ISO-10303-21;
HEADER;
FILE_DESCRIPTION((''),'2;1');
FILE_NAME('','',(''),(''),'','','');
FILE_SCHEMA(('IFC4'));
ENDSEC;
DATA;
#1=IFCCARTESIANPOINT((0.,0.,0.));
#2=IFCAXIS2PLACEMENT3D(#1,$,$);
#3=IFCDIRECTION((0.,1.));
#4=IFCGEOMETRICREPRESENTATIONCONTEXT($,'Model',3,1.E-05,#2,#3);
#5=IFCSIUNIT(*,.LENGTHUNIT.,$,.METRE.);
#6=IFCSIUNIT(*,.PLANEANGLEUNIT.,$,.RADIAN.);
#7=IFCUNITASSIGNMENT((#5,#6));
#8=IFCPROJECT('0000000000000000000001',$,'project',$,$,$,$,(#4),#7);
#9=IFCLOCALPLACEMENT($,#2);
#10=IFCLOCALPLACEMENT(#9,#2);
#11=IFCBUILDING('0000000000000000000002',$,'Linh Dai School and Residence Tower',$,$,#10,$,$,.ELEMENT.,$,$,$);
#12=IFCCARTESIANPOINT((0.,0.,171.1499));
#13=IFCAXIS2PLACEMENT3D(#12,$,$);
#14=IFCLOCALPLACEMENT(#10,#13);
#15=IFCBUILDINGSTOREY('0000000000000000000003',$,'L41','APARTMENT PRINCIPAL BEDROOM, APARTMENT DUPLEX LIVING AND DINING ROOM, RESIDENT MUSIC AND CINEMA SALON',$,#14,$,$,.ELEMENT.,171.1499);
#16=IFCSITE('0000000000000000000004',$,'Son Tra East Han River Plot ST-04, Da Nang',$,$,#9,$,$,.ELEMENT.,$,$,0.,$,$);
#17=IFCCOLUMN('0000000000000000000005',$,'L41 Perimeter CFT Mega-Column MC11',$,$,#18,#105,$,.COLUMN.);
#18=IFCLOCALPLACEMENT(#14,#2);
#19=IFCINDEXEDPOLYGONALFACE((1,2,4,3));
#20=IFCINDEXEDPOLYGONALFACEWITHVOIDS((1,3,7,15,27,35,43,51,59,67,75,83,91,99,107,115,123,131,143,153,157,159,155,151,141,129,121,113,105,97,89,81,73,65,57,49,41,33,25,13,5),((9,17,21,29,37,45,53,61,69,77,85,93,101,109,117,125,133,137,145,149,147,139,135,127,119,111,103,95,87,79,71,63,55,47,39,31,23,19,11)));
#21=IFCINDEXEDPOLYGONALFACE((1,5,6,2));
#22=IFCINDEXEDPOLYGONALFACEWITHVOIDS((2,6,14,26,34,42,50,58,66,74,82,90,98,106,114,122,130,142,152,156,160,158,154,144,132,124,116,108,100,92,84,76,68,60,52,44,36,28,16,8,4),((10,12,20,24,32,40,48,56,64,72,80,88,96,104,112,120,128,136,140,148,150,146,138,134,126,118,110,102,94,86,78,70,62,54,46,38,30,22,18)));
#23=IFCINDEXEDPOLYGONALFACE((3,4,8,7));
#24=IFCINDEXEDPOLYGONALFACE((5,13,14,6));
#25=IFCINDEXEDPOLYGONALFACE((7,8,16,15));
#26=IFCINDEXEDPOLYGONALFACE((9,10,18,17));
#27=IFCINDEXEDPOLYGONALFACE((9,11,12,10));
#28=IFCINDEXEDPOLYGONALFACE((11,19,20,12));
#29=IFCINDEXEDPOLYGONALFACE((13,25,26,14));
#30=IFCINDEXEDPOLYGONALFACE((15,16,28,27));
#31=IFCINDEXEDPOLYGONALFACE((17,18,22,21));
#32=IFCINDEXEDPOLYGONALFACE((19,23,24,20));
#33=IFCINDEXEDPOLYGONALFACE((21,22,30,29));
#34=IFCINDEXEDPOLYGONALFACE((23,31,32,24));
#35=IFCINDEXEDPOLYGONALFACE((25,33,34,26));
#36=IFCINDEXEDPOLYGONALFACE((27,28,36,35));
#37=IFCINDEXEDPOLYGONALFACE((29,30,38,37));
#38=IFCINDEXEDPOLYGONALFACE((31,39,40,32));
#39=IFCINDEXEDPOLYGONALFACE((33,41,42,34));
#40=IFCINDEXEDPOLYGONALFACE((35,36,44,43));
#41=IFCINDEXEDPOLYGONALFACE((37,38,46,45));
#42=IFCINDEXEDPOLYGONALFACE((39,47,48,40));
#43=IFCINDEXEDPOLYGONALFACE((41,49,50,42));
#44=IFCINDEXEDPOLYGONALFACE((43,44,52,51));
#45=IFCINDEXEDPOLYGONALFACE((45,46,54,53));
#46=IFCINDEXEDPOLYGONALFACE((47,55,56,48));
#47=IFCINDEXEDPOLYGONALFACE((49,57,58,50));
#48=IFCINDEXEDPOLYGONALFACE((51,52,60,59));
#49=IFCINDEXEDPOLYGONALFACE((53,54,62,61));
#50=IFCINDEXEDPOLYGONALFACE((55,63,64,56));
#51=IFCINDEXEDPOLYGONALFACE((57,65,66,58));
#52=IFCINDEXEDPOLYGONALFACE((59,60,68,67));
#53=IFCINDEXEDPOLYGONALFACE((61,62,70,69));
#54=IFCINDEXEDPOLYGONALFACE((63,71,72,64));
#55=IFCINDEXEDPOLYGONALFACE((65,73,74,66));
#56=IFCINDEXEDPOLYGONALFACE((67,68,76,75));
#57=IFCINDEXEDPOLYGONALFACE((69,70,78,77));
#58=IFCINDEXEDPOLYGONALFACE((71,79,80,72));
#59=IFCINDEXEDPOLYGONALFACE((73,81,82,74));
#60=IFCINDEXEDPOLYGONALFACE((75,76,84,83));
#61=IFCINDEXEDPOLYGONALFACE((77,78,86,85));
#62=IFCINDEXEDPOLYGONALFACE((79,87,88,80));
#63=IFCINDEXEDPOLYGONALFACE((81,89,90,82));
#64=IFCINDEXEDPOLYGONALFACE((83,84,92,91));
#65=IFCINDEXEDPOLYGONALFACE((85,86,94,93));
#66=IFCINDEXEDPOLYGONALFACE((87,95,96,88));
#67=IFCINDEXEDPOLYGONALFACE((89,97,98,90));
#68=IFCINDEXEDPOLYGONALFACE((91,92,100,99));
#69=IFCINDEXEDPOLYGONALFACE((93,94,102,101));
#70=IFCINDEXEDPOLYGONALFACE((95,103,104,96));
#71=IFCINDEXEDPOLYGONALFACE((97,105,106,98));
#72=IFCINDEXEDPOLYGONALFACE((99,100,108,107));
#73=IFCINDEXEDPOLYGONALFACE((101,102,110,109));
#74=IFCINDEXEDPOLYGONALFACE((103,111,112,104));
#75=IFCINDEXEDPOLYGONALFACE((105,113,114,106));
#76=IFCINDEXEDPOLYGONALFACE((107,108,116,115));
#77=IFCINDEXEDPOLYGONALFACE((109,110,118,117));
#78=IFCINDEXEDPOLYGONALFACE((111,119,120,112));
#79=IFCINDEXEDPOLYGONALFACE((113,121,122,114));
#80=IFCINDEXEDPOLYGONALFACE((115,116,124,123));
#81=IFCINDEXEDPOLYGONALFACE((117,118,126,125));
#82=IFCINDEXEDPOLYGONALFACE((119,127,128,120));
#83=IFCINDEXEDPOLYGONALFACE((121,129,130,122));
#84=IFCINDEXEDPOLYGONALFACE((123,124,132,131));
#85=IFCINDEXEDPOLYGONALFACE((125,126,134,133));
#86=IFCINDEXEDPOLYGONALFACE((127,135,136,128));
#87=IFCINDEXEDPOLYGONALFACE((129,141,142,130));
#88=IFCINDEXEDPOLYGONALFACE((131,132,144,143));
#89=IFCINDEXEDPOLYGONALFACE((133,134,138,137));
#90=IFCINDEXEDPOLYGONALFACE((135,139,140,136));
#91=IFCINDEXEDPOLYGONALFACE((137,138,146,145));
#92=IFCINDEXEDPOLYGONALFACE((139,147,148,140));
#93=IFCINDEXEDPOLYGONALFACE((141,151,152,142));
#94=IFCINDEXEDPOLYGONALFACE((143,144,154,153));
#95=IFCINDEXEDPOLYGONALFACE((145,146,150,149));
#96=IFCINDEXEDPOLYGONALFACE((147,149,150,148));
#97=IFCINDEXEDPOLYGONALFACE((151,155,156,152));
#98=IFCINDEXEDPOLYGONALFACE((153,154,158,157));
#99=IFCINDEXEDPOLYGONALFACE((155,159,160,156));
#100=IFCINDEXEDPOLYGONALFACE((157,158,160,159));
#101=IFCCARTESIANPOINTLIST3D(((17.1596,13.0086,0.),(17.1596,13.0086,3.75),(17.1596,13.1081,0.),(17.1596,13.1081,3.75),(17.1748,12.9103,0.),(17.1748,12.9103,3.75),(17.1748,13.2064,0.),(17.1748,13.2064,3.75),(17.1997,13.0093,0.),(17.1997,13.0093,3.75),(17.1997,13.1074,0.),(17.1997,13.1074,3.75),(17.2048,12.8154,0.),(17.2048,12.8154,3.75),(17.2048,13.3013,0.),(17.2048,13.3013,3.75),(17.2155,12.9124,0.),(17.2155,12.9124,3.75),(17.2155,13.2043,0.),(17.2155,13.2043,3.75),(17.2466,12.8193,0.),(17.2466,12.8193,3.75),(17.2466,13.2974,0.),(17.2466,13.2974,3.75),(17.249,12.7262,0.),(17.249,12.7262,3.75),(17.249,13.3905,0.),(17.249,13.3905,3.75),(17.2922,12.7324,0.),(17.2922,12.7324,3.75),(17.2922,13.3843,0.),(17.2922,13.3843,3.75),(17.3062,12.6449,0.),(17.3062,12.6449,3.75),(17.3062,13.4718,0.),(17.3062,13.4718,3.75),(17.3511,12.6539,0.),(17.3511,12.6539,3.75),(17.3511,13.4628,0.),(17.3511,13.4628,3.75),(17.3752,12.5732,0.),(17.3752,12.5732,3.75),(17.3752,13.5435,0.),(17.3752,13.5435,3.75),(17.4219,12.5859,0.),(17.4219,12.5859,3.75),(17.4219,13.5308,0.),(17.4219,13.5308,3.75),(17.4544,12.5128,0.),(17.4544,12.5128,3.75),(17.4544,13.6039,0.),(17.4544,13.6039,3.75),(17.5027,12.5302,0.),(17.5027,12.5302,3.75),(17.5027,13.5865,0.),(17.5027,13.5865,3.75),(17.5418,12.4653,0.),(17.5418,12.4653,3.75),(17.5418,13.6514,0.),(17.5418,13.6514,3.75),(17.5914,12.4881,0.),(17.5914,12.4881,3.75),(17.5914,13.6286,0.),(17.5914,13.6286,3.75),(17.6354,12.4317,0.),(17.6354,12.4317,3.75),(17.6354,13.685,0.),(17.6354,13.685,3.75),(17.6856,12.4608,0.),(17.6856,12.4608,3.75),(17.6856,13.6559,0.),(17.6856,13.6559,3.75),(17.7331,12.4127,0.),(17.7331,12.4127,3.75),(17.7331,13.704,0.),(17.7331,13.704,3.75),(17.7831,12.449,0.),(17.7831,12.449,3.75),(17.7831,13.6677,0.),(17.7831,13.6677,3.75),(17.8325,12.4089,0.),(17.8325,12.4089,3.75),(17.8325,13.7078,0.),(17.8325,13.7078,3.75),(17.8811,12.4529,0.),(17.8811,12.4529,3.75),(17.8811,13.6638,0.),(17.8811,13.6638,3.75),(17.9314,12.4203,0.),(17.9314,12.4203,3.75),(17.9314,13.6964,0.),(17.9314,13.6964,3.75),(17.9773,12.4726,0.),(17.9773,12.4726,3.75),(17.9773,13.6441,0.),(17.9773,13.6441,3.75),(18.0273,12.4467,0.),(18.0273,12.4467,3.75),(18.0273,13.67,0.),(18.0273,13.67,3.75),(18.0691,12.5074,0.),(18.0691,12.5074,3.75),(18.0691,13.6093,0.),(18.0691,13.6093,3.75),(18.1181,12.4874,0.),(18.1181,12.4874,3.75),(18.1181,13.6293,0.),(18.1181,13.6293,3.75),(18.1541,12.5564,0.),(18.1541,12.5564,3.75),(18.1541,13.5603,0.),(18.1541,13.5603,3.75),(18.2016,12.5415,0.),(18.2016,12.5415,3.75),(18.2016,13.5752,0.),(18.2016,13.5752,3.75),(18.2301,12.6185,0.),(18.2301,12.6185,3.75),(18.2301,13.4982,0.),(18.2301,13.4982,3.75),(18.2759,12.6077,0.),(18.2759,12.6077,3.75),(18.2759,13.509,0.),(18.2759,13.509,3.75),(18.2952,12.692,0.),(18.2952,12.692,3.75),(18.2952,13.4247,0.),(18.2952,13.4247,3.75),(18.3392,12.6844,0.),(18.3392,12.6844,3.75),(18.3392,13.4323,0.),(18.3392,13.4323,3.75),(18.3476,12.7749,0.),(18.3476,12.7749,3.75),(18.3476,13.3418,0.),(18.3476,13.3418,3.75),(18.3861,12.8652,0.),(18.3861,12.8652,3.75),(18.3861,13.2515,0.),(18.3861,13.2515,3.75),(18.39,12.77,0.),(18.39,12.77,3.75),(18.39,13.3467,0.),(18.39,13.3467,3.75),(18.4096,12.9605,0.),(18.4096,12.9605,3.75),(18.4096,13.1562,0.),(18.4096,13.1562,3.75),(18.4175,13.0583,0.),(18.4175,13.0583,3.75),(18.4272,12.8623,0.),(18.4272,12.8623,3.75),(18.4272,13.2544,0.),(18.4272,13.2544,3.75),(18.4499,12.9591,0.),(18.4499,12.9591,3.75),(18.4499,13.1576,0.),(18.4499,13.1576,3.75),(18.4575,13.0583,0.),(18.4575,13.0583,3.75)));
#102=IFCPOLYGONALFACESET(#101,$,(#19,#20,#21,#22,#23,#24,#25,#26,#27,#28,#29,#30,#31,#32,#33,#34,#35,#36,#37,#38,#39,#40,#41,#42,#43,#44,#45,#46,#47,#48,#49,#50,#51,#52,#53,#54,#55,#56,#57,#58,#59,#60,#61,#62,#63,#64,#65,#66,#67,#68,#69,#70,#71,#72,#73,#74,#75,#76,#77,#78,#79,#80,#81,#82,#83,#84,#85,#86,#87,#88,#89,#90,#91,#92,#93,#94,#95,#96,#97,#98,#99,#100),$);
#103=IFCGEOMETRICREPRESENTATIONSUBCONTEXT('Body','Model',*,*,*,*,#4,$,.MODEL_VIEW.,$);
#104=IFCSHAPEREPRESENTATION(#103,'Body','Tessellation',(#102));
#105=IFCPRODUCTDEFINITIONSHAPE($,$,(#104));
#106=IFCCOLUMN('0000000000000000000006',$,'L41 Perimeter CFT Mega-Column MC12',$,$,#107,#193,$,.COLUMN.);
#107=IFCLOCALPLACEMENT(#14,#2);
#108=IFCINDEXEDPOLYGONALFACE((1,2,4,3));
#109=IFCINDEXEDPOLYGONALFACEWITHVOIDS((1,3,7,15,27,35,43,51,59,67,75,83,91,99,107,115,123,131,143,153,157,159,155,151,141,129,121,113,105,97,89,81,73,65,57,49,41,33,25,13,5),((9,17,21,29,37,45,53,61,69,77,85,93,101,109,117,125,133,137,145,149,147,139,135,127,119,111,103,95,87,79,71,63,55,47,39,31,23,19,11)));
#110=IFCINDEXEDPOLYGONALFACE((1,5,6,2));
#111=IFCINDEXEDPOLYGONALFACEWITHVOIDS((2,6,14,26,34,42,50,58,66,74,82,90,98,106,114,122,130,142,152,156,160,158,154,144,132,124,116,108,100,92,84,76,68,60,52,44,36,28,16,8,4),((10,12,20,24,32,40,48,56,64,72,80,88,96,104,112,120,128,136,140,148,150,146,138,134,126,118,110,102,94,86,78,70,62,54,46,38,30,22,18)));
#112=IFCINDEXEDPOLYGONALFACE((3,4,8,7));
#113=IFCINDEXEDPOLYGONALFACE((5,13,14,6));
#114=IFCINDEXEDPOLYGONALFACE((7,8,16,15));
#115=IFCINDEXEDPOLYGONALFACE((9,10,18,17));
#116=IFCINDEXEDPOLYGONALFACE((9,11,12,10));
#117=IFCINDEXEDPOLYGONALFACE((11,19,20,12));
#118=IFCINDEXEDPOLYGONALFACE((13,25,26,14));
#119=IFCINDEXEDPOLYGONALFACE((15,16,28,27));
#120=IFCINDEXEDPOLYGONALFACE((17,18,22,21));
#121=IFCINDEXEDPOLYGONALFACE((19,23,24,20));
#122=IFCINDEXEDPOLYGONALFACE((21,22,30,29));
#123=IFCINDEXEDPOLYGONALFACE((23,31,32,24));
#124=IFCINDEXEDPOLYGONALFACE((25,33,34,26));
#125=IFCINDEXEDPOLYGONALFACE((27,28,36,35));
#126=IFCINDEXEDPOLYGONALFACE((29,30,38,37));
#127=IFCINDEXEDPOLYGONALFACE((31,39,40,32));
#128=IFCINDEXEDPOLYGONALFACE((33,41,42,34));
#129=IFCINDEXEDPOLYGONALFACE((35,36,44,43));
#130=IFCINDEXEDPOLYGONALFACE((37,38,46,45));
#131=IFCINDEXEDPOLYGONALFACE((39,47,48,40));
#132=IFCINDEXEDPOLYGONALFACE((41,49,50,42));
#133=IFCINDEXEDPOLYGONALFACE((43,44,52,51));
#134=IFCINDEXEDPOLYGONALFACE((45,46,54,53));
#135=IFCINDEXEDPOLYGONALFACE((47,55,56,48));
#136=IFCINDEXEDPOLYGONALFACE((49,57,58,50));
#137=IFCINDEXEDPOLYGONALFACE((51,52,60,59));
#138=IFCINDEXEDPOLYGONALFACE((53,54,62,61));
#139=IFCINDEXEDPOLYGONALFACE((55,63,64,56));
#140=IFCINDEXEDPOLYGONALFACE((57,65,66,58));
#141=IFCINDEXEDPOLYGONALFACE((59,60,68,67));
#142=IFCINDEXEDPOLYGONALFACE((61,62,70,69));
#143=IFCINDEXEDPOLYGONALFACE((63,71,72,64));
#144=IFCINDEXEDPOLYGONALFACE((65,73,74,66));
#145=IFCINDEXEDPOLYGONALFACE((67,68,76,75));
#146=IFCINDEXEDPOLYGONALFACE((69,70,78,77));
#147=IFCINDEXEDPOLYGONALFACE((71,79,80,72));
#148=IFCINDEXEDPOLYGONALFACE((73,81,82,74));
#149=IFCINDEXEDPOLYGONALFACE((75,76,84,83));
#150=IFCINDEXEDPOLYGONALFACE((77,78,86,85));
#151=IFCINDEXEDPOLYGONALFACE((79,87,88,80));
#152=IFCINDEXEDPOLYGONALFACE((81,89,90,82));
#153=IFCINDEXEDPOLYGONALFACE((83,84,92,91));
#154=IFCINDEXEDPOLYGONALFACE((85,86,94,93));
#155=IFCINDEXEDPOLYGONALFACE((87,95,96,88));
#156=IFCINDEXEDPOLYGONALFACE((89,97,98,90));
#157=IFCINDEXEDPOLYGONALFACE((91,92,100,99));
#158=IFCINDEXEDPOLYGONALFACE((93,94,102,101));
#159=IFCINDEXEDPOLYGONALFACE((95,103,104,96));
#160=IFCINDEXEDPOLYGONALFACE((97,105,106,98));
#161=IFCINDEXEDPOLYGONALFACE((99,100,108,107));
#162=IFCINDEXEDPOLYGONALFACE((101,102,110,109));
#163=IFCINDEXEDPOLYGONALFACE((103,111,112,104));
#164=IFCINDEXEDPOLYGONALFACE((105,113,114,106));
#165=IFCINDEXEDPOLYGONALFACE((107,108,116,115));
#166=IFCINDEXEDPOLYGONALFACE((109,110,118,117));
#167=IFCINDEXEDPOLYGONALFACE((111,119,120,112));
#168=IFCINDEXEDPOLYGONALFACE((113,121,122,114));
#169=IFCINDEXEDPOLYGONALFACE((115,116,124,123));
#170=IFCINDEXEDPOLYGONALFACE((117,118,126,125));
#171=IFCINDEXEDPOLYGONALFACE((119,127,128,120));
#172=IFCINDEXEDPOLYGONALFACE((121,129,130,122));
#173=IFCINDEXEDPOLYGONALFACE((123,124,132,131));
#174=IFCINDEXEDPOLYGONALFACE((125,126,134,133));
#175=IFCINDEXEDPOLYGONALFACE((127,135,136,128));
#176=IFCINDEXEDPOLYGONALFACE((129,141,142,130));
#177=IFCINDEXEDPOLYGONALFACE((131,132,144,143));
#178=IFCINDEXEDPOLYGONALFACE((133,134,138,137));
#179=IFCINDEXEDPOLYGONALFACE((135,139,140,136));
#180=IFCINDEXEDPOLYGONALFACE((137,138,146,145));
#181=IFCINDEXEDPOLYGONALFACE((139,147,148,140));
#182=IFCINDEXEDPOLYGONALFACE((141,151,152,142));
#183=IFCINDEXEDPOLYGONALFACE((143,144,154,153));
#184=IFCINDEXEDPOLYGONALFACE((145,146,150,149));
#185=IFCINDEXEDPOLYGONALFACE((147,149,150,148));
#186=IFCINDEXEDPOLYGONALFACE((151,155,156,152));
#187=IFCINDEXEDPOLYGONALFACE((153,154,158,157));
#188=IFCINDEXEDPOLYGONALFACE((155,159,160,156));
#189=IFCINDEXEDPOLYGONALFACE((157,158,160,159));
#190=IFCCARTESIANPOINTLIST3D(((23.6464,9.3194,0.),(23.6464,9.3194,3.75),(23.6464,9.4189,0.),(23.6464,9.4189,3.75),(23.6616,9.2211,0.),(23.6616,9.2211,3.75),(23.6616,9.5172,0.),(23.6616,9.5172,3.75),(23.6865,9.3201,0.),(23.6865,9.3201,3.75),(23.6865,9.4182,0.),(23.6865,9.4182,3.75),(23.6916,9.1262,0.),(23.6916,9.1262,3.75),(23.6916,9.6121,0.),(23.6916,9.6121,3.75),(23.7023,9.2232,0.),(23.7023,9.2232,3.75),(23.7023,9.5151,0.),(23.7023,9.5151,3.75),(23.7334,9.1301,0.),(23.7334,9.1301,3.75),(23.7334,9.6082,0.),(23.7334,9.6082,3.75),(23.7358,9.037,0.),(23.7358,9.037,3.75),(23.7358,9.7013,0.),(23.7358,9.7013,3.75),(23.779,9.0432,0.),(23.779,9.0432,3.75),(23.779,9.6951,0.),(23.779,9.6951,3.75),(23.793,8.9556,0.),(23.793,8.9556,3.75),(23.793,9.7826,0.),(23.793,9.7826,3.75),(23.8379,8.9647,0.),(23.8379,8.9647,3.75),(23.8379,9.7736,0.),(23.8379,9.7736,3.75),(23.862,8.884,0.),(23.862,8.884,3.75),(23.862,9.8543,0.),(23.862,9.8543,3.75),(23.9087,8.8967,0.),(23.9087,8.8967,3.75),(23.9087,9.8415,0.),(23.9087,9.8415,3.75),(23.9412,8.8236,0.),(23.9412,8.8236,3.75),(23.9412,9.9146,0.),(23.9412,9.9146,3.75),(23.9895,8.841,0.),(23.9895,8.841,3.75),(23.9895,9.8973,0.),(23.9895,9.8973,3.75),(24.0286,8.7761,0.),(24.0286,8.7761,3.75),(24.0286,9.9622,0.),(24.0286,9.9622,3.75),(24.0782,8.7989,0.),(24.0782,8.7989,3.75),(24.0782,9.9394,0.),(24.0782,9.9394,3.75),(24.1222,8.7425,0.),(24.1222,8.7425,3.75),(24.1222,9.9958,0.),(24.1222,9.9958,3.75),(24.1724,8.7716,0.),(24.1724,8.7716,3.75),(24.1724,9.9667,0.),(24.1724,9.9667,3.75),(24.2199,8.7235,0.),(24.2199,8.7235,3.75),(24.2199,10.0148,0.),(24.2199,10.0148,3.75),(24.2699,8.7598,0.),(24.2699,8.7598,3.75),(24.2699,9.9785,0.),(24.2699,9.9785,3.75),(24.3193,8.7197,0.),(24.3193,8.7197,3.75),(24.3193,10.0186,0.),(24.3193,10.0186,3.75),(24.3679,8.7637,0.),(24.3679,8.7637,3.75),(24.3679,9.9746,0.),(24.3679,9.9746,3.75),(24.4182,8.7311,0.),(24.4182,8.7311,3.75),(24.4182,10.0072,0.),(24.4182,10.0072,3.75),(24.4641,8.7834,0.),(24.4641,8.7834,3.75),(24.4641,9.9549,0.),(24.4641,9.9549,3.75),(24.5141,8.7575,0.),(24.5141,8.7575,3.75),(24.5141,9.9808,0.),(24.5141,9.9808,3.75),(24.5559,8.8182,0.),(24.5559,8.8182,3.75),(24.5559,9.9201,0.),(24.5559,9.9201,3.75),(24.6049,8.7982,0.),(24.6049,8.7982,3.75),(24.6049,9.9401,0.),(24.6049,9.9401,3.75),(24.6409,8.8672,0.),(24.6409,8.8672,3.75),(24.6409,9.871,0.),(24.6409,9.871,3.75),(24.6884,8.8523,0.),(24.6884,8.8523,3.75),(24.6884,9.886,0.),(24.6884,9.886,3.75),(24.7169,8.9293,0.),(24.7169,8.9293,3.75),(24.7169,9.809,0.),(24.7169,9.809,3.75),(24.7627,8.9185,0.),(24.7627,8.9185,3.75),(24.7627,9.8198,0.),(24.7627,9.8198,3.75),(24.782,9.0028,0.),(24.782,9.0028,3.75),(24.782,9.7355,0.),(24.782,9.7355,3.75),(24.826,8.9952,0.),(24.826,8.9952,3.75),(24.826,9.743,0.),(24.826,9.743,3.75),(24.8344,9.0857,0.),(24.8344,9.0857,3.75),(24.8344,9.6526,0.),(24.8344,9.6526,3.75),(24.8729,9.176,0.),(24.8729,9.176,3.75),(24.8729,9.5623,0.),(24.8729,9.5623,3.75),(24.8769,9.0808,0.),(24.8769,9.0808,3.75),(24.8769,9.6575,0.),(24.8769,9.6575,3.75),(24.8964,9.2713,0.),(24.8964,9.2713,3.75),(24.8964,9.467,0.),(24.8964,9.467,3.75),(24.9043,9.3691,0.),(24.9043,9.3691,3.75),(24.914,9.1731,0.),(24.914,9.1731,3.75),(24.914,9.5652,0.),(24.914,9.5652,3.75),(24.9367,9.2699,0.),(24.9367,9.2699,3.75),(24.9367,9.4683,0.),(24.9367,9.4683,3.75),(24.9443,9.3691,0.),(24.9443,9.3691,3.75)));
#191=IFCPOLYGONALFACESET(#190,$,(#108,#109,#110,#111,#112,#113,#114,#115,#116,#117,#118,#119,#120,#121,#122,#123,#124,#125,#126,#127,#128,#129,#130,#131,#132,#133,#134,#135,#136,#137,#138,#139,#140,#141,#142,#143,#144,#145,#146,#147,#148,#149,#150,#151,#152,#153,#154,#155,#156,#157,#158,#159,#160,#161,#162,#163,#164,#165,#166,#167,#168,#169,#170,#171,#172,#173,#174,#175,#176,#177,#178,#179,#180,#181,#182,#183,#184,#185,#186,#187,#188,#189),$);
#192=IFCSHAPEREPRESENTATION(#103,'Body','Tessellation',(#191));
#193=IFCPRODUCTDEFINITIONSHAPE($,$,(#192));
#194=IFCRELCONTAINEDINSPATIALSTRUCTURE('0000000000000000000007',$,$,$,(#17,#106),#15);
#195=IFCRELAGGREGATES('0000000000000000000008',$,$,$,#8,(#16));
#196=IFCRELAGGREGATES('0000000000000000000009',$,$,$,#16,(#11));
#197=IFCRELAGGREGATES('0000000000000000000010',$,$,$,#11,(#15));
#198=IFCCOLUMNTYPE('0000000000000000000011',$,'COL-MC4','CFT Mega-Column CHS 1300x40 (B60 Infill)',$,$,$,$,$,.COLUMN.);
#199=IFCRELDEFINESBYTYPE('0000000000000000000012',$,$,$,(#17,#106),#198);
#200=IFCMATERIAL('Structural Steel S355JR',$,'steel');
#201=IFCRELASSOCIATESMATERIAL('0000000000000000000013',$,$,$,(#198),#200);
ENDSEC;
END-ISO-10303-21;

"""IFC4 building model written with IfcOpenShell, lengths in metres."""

from ifc_helpers import new_model, si_unit, direction, frame, origin, origin_2d, place, context, subcontext, project, spatial, hollow_circle, extrude, material, material_profile, profile_set, type_object, element, save


model = new_model("IFC4")

# Units and contexts
model_context = context("Model", 3, precision=1e-05, world=origin(), true_north=direction((0.0, 1.0)))
body_context = subcontext(model_context, "Body", "Model", "MODEL_VIEW")
ifc_project = project(units=[si_unit("LENGTHUNIT", "METRE"), si_unit("PLANEANGLEUNIT", "RADIAN")], contexts=[model_context])

# Site, building, storey
site_placement = place(None, origin())
site = spatial("IfcSite", under=ifc_project, at=site_placement, Name="Son Tra East Han River Plot ST-04, Da Nang", CompositionType="ELEMENT", RefElevation=0.0)
building_placement = place(site_placement, origin())
building = spatial("IfcBuilding", under=site, at=building_placement, Name="Linh Dai School and Residence Tower", CompositionType="ELEMENT")
storey_placement = place(building_placement, frame((0.0, 0.0, 171.1499)))
storey = spatial("IfcBuildingStorey", under=building, at=storey_placement, Name="L41", Description="APARTMENT PRINCIPAL BEDROOM, APARTMENT DUPLEX LIVING AND DINING ROOM, RESIDENT MUSIC AND CINEMA SALON", CompositionType="ELEMENT", Elevation=171.1499)

# Columns
ifc_material_1 = material(Name="Structural Steel S355JR", Category="steel")
ifc_material_profile_1 = material_profile(ifc_material_1, hollow_circle(Radius=0.6499, WallThickness=0.04, at=origin_2d()), Name="CHS 1300x40")
ifc_profile_set_1 = profile_set([ifc_material_profile_1], Name="Structural Steel S355JR")
column_type = type_object("IfcColumnType", Name="COL-MC4", Description="CFT Mega-Column CHS 1300x40 (B60 Infill)", PredefinedType="COLUMN", material=ifc_profile_set_1)
for number, where, z_axis, x_axis, name in (
    (1, (17.8076, 13.0583, 0.0), (0.0, 0.0, 1.0), (1.0, 0.0, 0.0), "L41 Perimeter CFT Mega-Column MC11"),
    (2, (24.2944, 9.3691, 0.0), (0.0, 0.0, 1.0), (1.0, 0.0, 0.0), "L41 Perimeter CFT Mega-Column MC12"),
):
    element("IfcColumn", number, at=place(storey_placement, frame(where, z_axis=z_axis, x_axis=x_axis)), inside=storey, type_object=column_type, Name=name, PredefinedType="COLUMN", context=body_context, shape_type="SweptSolid", body=[
        extrude(hollow_circle(Radius=0.6499, WallThickness=0.04, at=origin_2d()), origin(), (0.0, 0.0, 1.0), 3.75),
    ])

save(model, "model.ifc")
